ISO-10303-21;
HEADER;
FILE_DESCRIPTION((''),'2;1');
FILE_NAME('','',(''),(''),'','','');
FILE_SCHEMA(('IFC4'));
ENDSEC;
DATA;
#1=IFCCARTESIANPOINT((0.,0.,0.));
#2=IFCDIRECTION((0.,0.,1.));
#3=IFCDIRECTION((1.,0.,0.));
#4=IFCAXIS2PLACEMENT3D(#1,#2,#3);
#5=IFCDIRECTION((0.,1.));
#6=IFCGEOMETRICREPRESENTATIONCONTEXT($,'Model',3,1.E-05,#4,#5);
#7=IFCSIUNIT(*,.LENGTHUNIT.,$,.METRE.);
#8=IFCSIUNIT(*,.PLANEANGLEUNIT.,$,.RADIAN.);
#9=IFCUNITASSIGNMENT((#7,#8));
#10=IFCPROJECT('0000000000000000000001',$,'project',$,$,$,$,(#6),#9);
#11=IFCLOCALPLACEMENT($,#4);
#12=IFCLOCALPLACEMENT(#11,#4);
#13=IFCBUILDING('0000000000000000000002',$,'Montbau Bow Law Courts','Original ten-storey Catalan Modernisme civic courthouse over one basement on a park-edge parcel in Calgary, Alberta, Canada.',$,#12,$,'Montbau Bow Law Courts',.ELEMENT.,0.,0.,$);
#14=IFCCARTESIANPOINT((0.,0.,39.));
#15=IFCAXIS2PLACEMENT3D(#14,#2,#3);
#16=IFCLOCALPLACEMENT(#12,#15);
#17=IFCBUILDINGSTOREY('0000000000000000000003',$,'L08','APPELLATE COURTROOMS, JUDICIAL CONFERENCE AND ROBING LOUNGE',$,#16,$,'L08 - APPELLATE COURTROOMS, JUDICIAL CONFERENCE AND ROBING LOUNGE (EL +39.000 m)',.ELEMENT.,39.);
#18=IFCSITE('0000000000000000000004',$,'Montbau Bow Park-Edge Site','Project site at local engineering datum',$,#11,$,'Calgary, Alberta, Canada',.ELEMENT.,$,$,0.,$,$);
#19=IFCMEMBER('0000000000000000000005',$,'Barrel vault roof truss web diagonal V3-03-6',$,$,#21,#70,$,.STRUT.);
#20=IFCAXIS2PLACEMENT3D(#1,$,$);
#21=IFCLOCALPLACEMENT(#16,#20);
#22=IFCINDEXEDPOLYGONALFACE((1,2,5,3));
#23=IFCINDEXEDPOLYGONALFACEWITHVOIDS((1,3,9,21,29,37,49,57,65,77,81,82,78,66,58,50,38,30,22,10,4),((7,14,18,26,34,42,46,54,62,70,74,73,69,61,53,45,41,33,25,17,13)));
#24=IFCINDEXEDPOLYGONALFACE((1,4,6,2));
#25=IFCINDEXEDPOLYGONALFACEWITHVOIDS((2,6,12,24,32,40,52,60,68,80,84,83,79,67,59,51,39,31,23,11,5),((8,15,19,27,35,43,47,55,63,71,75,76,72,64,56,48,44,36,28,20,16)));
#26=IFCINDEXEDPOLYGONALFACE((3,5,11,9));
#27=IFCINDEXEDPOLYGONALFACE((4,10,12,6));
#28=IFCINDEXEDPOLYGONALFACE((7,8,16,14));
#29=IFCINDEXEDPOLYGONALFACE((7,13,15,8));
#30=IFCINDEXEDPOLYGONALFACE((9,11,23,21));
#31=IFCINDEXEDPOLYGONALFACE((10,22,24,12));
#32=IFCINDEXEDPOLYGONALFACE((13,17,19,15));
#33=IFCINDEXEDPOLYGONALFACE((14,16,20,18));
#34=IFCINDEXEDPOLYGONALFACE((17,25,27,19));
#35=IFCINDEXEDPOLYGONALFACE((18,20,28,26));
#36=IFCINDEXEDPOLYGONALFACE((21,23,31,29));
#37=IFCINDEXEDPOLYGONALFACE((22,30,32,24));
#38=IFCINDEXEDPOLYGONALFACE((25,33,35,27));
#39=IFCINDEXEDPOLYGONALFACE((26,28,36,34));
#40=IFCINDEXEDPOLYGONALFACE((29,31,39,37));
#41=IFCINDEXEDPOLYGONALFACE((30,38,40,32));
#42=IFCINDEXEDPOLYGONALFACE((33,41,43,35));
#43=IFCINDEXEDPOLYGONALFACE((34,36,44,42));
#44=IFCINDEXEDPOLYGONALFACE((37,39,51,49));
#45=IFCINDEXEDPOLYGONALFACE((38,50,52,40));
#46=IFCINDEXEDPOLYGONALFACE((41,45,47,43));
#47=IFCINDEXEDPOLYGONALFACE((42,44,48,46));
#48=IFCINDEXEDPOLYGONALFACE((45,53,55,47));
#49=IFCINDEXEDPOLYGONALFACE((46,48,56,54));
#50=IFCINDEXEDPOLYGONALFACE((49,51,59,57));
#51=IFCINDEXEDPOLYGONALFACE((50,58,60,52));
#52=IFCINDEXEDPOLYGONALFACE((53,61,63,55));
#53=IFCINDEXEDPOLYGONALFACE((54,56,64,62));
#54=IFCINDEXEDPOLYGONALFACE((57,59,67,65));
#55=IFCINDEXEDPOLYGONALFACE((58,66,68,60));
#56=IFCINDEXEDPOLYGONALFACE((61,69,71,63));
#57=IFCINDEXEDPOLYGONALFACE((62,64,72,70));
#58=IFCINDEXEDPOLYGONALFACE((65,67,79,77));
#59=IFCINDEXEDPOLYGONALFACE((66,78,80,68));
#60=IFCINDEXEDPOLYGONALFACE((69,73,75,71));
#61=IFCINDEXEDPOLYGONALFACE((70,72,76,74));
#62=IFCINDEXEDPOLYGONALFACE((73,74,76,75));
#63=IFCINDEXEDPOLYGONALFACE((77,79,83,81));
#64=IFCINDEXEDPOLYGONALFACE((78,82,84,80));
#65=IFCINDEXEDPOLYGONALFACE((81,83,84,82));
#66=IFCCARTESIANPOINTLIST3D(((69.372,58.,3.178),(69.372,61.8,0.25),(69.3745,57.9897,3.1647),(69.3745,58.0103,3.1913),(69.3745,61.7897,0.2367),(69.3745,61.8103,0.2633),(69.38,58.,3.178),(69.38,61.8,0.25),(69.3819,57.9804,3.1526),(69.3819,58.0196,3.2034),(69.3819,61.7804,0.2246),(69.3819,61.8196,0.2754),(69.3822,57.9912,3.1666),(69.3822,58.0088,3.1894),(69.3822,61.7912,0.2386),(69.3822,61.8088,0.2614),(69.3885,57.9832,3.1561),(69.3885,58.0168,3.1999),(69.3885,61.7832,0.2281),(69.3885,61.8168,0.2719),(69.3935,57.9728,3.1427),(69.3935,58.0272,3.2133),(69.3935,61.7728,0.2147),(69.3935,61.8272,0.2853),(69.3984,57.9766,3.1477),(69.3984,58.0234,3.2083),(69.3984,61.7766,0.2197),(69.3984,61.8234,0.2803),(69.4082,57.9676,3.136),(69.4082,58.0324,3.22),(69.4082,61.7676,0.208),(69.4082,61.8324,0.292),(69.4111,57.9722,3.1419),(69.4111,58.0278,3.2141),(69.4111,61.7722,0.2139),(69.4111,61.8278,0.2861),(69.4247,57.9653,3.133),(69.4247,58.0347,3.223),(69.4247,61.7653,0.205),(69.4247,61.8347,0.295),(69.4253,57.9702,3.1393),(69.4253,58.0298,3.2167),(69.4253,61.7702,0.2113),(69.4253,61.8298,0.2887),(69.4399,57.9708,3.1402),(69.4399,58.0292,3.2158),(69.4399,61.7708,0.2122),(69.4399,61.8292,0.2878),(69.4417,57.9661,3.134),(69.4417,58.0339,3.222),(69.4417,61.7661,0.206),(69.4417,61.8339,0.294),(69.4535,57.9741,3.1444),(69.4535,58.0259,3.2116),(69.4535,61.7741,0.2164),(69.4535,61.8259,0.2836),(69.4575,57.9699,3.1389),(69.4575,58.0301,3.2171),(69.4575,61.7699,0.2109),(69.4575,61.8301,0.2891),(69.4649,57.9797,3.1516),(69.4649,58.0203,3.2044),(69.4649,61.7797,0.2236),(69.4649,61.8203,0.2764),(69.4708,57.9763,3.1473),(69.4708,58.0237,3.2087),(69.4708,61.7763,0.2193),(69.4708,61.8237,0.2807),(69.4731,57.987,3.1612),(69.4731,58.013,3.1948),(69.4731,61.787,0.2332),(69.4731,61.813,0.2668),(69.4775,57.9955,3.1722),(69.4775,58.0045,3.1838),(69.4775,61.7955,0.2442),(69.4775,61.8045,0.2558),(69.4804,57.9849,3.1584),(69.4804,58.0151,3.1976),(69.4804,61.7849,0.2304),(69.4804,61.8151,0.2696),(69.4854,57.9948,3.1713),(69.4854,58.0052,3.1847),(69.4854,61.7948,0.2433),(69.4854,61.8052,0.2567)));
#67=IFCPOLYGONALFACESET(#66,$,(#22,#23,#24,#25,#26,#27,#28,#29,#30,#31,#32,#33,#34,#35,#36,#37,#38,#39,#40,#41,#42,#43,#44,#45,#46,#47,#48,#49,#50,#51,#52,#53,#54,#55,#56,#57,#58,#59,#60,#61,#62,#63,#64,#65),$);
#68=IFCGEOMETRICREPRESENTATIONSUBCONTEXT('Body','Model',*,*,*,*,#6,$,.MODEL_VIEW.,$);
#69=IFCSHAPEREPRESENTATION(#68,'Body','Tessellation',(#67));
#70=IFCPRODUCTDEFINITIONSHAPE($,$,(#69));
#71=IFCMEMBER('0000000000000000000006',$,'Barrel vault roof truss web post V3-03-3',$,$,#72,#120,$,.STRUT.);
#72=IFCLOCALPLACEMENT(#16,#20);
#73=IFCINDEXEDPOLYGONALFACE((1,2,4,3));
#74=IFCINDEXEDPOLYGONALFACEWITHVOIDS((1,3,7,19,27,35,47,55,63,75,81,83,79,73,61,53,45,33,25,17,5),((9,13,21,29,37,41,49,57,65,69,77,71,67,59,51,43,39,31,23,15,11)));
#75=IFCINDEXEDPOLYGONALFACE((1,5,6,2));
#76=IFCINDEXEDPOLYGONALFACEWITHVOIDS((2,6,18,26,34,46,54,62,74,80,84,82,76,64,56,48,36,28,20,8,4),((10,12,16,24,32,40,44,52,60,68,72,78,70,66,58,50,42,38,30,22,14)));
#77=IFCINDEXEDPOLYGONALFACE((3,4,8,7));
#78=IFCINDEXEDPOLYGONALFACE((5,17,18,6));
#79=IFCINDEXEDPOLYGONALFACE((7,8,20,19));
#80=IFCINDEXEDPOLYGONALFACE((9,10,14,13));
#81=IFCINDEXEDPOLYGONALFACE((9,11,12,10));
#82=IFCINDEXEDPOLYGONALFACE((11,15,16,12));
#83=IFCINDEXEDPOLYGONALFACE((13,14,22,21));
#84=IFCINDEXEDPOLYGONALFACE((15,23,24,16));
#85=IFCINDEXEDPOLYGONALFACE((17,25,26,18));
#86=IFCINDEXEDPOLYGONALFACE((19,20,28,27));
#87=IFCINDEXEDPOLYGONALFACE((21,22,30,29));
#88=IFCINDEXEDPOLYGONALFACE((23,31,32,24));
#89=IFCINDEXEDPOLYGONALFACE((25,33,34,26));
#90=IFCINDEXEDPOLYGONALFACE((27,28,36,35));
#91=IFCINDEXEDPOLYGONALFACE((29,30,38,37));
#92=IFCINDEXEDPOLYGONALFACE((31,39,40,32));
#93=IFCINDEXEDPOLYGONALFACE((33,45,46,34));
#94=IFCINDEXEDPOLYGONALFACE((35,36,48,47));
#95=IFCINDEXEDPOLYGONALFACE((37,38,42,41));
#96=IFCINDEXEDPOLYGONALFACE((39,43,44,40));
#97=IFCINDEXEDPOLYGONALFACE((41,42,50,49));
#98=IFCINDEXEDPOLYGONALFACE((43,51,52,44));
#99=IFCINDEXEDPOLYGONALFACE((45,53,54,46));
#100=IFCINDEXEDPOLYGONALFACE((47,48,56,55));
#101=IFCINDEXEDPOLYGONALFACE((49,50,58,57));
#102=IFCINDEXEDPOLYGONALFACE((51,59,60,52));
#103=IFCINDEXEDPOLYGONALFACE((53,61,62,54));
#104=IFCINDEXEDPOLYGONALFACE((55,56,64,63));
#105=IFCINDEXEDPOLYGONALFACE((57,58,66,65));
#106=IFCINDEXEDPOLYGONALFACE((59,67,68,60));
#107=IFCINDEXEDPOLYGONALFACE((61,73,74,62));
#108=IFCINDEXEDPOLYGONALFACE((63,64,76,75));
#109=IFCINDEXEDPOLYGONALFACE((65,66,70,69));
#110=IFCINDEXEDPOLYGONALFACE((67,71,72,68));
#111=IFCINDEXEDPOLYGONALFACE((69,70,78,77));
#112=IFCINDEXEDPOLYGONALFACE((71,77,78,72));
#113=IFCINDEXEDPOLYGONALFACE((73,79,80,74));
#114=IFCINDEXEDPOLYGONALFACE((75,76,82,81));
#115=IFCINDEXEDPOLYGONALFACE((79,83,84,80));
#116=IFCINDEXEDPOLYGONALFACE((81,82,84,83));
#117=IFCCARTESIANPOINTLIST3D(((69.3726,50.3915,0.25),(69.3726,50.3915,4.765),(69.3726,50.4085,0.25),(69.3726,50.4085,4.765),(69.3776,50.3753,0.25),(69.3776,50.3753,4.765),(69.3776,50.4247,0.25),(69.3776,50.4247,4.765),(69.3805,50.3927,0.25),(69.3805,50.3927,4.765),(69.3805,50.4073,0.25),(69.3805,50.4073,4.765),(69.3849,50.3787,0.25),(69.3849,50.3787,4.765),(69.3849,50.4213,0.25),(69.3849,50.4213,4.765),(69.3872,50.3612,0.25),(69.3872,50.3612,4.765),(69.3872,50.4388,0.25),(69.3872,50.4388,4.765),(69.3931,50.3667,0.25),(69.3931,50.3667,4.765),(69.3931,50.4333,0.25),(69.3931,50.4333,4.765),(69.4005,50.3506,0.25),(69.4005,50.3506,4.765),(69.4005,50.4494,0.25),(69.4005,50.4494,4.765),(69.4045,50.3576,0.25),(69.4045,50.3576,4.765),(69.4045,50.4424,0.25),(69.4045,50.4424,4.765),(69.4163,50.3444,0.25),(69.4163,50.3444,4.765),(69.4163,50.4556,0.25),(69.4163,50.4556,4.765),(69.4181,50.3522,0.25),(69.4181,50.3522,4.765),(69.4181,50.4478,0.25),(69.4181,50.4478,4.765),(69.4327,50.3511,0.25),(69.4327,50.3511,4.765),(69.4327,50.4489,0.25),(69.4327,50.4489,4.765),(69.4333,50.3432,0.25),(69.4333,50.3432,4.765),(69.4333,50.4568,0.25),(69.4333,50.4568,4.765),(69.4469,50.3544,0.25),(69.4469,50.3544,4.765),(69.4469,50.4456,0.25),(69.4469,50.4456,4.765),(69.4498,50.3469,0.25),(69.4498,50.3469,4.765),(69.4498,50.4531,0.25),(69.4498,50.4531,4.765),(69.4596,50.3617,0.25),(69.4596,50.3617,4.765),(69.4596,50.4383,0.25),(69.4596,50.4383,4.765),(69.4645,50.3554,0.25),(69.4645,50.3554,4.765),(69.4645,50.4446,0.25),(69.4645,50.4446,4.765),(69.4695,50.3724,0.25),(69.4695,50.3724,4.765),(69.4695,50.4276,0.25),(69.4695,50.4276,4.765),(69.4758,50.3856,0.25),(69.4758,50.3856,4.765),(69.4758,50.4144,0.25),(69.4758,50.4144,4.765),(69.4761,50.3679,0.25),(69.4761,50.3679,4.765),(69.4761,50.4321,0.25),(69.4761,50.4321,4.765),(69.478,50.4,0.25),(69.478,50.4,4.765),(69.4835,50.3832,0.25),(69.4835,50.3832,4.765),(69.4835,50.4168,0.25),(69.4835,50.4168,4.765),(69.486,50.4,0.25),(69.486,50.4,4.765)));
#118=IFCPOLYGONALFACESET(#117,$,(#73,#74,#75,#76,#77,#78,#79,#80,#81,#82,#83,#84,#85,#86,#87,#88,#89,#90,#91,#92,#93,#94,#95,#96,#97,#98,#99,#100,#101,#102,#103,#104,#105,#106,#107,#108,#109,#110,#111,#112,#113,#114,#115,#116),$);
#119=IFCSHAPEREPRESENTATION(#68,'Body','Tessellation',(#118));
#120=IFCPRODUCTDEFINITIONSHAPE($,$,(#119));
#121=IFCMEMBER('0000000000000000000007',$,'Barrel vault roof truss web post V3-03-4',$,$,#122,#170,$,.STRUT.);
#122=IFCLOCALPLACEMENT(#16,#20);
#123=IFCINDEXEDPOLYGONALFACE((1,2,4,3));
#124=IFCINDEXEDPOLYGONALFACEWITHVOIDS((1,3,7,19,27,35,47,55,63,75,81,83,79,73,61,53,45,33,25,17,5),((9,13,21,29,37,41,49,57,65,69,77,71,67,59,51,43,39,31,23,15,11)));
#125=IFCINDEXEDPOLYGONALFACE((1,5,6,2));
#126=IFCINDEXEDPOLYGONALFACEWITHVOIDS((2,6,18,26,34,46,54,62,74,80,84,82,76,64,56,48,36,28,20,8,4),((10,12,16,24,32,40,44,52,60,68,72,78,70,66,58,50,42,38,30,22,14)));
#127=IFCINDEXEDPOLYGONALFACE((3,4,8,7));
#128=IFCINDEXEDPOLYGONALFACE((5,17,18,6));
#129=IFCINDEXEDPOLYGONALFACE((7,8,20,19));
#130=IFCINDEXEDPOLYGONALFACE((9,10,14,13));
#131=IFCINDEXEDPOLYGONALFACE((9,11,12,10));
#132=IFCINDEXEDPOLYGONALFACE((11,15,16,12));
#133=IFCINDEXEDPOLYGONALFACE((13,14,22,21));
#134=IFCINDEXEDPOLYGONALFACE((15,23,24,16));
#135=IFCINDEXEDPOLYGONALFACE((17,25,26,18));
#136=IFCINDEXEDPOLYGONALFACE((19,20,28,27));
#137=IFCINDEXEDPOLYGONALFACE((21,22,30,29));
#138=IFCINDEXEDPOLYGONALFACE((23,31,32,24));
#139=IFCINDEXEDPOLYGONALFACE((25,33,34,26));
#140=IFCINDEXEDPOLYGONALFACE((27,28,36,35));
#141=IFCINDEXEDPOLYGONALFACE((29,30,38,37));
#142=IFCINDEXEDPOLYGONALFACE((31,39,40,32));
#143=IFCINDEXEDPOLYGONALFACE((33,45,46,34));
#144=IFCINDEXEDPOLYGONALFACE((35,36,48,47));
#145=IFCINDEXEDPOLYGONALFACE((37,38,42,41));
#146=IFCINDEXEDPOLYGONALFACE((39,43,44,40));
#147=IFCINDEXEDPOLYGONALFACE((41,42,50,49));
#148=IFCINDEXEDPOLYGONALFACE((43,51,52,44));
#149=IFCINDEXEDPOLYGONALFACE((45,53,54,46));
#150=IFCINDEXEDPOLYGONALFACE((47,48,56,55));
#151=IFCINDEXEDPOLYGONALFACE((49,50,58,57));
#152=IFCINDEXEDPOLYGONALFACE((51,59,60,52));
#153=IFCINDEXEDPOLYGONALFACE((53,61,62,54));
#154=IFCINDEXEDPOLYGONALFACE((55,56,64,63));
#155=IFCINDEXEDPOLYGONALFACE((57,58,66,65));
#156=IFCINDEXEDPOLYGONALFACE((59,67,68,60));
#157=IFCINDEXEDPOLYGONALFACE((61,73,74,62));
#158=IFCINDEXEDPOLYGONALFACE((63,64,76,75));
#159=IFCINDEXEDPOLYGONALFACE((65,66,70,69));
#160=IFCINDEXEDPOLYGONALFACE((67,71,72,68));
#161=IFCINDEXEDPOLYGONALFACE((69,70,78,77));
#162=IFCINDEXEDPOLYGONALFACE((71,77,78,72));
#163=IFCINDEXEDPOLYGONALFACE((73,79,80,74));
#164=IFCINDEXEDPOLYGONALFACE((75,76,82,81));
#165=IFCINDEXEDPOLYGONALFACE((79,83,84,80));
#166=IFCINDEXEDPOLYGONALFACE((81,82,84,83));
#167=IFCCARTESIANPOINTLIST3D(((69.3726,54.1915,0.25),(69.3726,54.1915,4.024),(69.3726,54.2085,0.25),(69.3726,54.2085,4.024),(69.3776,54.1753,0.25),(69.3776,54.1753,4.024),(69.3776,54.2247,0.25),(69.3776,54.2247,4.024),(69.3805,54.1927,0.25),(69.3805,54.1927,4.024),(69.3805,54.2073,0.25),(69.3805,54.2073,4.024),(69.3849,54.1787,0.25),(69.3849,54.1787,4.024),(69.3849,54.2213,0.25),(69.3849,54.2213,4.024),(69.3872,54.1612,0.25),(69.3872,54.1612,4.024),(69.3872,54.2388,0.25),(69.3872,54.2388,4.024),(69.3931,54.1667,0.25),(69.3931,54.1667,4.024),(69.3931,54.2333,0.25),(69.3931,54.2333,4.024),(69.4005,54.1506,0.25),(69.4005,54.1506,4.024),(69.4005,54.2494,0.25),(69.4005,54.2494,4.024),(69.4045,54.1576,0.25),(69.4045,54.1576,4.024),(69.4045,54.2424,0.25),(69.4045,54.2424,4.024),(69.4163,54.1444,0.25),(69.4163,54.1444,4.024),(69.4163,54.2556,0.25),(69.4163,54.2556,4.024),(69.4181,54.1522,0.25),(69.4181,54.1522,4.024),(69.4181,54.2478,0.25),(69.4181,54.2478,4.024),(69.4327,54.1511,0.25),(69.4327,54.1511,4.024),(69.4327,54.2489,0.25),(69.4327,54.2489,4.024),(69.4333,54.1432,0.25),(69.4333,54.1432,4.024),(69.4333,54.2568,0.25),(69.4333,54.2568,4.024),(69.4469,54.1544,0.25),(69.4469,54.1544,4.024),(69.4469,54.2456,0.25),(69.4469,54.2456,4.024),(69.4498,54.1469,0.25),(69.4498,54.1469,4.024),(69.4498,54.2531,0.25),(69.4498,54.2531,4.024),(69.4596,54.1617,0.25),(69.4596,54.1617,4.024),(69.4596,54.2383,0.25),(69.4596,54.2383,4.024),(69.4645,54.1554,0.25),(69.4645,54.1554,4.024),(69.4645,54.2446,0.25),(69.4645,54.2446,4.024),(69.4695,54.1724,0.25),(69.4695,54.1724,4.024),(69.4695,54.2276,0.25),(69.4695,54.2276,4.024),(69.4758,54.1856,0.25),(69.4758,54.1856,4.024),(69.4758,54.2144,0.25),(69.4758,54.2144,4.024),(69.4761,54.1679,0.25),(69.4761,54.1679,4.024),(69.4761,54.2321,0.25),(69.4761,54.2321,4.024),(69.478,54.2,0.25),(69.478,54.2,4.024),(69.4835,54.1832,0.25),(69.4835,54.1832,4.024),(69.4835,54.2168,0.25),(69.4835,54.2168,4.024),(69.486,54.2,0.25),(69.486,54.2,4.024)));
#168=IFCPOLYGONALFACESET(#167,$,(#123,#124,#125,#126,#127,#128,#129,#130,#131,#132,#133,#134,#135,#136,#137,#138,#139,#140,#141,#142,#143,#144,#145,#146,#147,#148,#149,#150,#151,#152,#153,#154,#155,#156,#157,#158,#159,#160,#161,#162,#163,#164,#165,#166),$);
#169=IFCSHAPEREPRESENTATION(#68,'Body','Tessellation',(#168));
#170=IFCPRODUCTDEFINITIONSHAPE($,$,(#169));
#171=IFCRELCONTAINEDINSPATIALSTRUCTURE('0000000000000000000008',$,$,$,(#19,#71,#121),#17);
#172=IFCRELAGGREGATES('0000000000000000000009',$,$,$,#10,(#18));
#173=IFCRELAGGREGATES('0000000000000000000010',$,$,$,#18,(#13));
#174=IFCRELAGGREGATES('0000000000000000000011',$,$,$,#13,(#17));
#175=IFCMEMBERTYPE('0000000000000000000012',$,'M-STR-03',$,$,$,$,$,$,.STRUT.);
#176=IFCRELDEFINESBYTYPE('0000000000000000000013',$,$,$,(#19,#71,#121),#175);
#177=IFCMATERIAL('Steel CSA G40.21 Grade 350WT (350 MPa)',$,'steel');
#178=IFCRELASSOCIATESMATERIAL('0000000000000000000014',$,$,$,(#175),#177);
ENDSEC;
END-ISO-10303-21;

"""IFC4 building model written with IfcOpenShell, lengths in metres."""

from ifc_helpers import new_model, si_unit, direction, frame, origin_with_axes, origin_2d_with_axis, place, context, subcontext, project, spatial, hollow_circle, extrude, material, material_profile, profile_set, type_object, element, save


model = new_model("IFC4")

# Units and contexts
model_context = context("Model", 3, precision=1e-05, world=origin_with_axes(), true_north=direction((0.0, 1.0)))
body_context = subcontext(model_context, "Body", "Model", "MODEL_VIEW")
ifc_project = project(units=[si_unit("LENGTHUNIT", "METRE"), si_unit("PLANEANGLEUNIT", "RADIAN")], contexts=[model_context])

# Site, building, storey
site_placement = place(None, origin_with_axes())
site = spatial("IfcSite", under=ifc_project, at=site_placement, Name="Montbau Bow Park-Edge Site", Description="Project site at local engineering datum", LongName="Calgary, Alberta, Canada", CompositionType="ELEMENT", RefElevation=0.0)
building_placement = place(site_placement, origin_with_axes())
building = spatial("IfcBuilding", under=site, at=building_placement, Name="Montbau Bow Law Courts", Description="Original ten-storey Catalan Modernisme civic courthouse over one basement on a park-edge parcel in Calgary, Alberta, Canada.", LongName="Montbau Bow Law Courts", CompositionType="ELEMENT", ElevationOfRefHeight=0.0, ElevationOfTerrain=0.0)
storey_placement = place(building_placement, frame((0.0, 0.0, 39.0), z_axis=(0.0, 0.0, 1.0), x_axis=(1.0, 0.0, 0.0)))
storey = spatial("IfcBuildingStorey", under=building, at=storey_placement, Name="L08", Description="APPELLATE COURTROOMS, JUDICIAL CONFERENCE AND ROBING LOUNGE", LongName="L08 - APPELLATE COURTROOMS, JUDICIAL CONFERENCE AND ROBING LOUNGE (EL +39.000 m)", CompositionType="ELEMENT", Elevation=39.0)

# Shared definitions
ifc_material_1 = material(Name="Steel CSA G40.21 Grade 350WT (350 MPa)", Category="steel")

# Members
ifc_material_profile_1 = material_profile(ifc_material_1, hollow_circle(Radius=0.057, WallThickness=0.008, at=origin_2d_with_axis()), Name="HSS114X8.0", Category="Main", Priority=0)
ifc_profile_set_1 = profile_set([ifc_material_profile_1], Name="Steel CSA G40.21 Grade 350WT (350 MPa)")
member_type_1 = type_object("IfcMemberType", Name="M-STR-03", PredefinedType="STRUT", material=ifc_profile_set_1)
member_1_placement = place(None, frame((69.429, 58.0, 42.178), z_axis=(0.0, 0.792128, -0.610355), x_axis=(-1.0, 0.0, 0.0)))
element("IfcMember", 1, at=member_1_placement, inside=storey, type_object=member_type_1, Name="Barrel vault roof truss web diagonal V3-03-6", PredefinedType="STRUT", context=body_context, shape_type="SweptSolid", body=[
    extrude(hollow_circle(Radius=0.057, WallThickness=0.008, at=origin_2d_with_axis()), origin_with_axes(), (0.0, 0.0, 1.0), 4.7972),
])
member_2_placement = place(None, frame((69.429, 50.4, 39.25), z_axis=(0.0, 0.0, 1.0), x_axis=(1.0, 0.0, 0.0)))
element("IfcMember", 2, at=member_2_placement, inside=storey, type_object=member_type_1, Name="Barrel vault roof truss web post V3-03-3", PredefinedType="STRUT", context=body_context, shape_type="SweptSolid", body=[
    extrude(hollow_circle(Radius=0.057, WallThickness=0.008, at=origin_2d_with_axis()), origin_with_axes(), (0.0, 0.0, 1.0), 4.515),
])
member_3_placement = place(None, frame((69.429, 54.2, 39.25), z_axis=(0.0, 0.0, 1.0), x_axis=(1.0, 0.0, 0.0)))
element("IfcMember", 3, at=member_3_placement, inside=storey, type_object=member_type_1, Name="Barrel vault roof truss web post V3-03-4", PredefinedType="STRUT", context=body_context, shape_type="SweptSolid", body=[
    extrude(hollow_circle(Radius=0.057, WallThickness=0.008, at=origin_2d_with_axis()), origin_with_axes(), (0.0, 0.0, 1.0), 3.774),
])

save(model, "model.ifc")
